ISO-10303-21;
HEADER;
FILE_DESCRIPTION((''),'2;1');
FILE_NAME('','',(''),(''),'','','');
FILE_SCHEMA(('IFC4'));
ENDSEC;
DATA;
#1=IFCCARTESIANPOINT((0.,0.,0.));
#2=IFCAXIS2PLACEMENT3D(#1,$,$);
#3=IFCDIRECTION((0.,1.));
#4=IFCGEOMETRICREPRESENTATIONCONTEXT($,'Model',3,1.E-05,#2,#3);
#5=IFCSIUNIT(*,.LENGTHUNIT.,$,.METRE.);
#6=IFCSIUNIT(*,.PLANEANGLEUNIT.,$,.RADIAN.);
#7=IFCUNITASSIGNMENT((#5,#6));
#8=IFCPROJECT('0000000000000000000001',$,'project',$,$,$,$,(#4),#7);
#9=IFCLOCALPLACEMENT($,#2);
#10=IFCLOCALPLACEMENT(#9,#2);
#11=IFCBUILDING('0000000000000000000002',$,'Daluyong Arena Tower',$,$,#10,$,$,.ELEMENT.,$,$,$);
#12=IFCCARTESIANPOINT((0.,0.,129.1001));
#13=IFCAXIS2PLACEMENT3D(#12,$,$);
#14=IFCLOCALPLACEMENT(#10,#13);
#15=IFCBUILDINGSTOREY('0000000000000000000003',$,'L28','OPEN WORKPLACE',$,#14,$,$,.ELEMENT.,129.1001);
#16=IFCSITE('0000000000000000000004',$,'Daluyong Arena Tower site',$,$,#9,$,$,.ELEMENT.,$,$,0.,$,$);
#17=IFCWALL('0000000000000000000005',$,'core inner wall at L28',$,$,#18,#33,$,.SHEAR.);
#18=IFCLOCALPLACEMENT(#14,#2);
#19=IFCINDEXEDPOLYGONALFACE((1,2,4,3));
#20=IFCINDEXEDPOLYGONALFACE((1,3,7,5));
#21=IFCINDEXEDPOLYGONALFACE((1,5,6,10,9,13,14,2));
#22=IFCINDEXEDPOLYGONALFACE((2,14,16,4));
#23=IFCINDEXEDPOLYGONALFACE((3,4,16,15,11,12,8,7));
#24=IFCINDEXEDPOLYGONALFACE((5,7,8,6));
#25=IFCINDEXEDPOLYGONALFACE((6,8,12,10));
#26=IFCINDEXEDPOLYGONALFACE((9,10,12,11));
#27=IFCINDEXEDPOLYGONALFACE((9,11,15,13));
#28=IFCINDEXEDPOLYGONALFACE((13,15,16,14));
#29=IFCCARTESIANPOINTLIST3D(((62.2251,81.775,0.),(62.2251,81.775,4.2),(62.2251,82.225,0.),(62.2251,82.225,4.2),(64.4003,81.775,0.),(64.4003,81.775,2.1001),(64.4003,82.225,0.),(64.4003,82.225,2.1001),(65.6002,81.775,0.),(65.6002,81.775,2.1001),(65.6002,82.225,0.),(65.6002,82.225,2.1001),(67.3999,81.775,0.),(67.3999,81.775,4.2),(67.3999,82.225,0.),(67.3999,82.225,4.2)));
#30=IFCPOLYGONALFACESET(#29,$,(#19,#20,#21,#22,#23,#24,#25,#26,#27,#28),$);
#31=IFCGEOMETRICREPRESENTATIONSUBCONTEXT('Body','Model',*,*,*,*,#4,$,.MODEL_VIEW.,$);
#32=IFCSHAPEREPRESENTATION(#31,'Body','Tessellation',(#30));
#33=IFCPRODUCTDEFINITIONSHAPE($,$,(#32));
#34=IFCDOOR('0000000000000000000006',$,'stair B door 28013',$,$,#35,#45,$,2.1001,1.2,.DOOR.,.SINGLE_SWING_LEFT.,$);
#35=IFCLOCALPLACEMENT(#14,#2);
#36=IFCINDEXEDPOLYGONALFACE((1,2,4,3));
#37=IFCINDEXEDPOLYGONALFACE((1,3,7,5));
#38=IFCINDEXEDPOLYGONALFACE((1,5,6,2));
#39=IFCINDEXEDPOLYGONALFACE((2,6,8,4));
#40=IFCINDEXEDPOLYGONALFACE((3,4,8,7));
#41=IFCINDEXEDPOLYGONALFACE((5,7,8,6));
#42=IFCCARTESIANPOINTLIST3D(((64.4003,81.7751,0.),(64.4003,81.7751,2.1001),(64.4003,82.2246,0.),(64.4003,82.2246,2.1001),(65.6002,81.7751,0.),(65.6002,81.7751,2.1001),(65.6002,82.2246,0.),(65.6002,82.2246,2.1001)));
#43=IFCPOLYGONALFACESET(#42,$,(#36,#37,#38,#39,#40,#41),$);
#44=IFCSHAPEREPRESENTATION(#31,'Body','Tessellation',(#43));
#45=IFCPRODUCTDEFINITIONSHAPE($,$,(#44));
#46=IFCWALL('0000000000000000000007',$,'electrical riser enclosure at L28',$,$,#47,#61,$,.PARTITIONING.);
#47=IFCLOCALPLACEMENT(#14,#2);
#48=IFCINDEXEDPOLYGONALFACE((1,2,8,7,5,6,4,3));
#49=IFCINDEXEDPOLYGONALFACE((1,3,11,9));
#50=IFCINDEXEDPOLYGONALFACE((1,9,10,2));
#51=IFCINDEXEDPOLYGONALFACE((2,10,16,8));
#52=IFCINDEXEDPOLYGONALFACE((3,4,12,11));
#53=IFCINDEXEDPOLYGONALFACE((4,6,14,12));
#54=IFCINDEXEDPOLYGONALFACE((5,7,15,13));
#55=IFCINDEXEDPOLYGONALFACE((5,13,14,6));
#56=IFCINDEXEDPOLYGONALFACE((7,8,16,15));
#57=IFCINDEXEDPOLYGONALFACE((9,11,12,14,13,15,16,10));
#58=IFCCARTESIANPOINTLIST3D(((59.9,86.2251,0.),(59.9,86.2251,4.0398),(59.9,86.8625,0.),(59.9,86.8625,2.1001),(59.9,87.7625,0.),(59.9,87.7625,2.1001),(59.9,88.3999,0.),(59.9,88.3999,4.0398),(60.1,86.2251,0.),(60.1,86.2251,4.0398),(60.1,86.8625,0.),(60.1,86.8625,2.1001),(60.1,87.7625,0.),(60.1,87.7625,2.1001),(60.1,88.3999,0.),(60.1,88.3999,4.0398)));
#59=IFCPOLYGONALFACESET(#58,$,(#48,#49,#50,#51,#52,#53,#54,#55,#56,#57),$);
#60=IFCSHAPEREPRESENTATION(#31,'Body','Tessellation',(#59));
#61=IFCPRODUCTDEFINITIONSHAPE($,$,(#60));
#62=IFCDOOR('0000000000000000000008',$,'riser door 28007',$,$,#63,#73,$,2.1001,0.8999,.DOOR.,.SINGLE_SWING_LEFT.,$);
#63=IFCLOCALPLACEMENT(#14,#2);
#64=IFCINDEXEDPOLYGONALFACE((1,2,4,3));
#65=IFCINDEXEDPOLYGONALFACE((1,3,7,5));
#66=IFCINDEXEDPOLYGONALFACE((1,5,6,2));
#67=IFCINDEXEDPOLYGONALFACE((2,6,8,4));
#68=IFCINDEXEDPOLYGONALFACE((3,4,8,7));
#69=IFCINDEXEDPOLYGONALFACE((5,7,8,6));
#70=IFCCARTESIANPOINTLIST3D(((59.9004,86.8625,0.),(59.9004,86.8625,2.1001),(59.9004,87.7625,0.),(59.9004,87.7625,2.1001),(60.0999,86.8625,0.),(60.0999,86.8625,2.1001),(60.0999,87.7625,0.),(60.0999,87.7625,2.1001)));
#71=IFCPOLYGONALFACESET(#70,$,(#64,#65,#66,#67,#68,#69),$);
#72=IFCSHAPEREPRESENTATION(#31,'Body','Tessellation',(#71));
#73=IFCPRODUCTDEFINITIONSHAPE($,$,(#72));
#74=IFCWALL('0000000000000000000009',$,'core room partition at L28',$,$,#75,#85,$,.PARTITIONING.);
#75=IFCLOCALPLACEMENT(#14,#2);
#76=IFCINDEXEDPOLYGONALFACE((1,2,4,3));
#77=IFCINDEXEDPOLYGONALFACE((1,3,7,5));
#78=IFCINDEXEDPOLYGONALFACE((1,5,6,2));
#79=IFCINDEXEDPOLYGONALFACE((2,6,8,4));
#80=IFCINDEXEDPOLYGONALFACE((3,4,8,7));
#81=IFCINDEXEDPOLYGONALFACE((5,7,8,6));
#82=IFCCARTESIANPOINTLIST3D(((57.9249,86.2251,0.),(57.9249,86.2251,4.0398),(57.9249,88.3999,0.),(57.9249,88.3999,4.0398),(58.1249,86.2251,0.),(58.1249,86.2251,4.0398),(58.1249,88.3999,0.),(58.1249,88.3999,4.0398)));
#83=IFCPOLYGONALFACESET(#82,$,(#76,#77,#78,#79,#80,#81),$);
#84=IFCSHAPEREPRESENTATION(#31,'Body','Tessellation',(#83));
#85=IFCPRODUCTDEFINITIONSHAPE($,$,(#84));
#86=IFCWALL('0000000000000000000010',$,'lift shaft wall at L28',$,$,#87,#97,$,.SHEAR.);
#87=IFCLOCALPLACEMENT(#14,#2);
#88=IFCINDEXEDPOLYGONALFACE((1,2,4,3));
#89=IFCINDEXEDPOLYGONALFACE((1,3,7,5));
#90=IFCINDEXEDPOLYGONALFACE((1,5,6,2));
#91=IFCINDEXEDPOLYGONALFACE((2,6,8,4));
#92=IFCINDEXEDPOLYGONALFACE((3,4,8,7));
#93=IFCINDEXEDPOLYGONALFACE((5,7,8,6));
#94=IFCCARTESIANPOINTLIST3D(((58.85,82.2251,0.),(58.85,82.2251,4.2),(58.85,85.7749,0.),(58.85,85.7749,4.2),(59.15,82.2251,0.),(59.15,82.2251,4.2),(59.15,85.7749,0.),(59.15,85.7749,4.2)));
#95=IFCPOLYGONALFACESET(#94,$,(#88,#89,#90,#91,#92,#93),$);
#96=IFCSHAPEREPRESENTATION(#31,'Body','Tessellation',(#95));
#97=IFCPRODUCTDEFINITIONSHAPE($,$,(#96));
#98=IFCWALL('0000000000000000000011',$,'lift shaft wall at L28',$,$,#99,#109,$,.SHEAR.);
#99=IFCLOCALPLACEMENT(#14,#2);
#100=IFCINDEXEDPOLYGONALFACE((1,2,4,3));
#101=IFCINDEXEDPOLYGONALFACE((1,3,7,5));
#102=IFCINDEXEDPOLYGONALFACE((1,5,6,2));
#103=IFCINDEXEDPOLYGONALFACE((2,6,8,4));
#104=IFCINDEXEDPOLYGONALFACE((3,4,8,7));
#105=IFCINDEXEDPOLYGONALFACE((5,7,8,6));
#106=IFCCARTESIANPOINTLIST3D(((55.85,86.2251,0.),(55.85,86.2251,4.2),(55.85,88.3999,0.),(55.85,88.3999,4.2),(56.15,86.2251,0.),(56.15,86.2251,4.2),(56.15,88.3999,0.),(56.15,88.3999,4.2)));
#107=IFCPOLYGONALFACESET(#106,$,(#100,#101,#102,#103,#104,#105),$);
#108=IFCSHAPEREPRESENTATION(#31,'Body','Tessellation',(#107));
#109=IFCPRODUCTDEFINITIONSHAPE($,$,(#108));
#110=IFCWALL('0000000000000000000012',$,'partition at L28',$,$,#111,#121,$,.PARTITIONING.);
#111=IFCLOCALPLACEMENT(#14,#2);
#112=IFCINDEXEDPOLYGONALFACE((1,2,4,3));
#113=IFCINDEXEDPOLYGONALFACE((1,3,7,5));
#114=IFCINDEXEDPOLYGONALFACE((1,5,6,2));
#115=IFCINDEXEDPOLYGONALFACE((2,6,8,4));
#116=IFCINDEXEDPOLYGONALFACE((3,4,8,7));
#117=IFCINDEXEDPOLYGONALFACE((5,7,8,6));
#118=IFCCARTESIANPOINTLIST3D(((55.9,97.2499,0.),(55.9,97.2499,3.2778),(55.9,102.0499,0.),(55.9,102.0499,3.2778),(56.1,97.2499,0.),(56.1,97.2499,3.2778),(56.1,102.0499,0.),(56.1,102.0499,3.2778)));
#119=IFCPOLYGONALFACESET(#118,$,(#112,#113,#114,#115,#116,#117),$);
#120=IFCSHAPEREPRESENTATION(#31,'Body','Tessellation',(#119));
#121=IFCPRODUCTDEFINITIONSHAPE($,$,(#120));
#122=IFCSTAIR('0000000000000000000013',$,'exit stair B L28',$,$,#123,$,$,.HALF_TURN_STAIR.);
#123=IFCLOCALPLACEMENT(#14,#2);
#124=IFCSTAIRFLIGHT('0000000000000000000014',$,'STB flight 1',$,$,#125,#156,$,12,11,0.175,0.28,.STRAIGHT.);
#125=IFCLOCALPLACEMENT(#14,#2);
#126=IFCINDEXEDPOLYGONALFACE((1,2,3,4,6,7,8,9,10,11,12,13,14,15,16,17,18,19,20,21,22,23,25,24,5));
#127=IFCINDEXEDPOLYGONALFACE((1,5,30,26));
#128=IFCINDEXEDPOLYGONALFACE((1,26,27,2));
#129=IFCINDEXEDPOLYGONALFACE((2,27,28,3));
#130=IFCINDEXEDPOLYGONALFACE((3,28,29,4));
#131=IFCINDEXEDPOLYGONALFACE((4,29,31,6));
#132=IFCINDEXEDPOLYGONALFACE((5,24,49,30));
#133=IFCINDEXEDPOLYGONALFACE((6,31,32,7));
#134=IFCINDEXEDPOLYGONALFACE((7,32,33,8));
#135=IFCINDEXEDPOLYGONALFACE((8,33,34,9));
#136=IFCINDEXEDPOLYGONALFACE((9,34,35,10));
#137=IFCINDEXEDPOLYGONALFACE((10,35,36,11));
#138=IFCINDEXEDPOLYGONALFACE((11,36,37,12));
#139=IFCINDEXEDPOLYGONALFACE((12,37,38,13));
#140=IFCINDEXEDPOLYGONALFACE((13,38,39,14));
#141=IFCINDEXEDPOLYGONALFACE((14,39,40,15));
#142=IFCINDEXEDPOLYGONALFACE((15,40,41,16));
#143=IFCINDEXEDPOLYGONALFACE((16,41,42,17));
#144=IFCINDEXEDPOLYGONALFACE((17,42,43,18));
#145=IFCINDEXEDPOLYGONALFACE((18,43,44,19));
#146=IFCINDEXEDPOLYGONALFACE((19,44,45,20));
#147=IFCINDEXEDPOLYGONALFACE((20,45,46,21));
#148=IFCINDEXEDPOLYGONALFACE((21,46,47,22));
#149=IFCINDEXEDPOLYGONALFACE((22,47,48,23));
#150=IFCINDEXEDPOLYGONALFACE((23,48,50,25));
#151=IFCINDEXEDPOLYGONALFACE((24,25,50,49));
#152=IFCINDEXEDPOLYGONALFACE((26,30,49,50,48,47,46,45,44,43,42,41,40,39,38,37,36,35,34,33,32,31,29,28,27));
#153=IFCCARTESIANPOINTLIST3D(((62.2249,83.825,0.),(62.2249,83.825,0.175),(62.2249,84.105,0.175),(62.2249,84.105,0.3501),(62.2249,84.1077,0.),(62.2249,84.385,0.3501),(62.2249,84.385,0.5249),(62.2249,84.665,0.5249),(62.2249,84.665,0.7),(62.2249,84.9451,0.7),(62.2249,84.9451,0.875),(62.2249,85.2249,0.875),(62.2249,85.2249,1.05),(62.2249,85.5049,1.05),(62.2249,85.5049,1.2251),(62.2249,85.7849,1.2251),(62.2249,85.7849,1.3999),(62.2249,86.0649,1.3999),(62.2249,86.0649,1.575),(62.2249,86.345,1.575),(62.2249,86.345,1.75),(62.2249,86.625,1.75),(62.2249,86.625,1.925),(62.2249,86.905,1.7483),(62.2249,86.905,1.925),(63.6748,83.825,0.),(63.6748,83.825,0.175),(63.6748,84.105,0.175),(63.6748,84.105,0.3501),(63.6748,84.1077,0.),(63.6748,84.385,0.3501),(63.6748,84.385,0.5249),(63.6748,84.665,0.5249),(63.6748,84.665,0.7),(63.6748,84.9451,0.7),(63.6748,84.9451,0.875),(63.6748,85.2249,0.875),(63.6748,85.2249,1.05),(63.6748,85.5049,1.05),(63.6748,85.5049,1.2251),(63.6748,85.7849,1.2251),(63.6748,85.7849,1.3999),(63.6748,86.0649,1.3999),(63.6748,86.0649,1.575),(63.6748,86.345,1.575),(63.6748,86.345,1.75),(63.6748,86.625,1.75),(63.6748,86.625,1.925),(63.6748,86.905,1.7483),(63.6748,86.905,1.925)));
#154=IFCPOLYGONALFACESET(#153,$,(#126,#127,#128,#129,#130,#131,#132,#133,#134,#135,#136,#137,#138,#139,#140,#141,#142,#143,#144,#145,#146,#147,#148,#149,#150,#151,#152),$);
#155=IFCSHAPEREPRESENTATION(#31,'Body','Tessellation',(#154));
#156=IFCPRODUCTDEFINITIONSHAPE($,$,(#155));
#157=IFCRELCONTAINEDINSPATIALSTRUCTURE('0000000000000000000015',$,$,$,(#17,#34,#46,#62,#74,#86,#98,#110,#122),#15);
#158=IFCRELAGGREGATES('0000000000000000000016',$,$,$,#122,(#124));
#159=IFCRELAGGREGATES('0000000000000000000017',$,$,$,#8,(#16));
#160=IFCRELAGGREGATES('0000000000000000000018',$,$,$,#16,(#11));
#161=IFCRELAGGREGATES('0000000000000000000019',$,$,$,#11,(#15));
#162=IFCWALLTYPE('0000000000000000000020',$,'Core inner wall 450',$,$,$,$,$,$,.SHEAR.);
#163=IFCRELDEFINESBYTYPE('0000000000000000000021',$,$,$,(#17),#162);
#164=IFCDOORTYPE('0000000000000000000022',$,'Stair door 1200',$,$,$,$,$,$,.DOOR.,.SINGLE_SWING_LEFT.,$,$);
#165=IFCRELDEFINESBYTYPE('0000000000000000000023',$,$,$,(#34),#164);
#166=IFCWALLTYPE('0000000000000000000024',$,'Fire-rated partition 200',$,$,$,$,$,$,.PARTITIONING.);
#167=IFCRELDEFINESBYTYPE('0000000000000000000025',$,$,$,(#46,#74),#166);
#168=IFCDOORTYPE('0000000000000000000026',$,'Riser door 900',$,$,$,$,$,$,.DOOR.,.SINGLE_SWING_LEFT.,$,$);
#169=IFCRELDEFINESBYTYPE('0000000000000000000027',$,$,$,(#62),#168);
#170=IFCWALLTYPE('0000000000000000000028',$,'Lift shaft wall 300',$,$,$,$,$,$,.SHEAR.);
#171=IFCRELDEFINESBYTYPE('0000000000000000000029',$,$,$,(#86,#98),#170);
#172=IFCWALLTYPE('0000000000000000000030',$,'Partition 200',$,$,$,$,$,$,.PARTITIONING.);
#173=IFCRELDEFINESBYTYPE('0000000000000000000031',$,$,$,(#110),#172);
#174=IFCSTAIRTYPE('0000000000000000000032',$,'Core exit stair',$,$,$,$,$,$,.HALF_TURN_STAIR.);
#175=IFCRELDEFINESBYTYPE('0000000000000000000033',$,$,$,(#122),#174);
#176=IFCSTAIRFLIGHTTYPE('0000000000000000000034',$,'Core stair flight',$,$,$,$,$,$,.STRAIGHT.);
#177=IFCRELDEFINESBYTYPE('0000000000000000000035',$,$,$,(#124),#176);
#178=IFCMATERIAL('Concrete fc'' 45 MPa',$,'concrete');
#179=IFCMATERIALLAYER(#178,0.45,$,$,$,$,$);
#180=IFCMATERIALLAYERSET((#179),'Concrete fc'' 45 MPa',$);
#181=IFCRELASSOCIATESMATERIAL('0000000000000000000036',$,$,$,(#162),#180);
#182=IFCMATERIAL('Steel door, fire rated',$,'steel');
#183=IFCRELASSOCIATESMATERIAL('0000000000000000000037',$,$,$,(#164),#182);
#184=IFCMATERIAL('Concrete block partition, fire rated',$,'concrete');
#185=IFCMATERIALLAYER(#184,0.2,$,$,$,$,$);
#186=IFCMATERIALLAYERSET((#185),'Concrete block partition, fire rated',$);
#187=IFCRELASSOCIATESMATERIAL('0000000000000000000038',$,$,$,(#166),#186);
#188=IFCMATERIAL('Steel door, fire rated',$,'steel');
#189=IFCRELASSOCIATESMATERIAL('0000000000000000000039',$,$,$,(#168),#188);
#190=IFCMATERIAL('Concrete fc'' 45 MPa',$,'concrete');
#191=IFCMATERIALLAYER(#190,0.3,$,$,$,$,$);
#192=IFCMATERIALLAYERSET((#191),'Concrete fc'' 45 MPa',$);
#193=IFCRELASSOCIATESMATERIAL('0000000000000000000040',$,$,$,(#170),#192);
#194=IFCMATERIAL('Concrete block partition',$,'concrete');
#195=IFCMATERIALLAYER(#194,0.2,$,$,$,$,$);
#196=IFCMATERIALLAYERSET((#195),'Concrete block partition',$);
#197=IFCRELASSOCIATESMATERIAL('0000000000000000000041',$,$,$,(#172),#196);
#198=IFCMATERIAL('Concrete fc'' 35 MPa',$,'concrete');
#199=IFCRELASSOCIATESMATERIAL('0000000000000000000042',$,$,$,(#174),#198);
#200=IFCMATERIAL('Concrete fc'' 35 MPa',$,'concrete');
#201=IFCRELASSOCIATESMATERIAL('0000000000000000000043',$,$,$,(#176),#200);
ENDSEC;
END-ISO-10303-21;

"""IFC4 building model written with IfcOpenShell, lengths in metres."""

from ifc_helpers import new_model, si_unit, direction, frame, frame_2d, origin, place, context, subcontext, project, spatial, polyline, rectangle, outline, extrude, material, layer, layer_set, type_object, element, fill, aggregate, save


model = new_model("IFC4")

# Units and contexts
model_context = context("Model", 3, precision=1e-05, world=origin(), true_north=direction((0.0, 1.0)))
body_context = subcontext(model_context, "Body", "Model", "MODEL_VIEW")
ifc_project = project(units=[si_unit("LENGTHUNIT", "METRE"), si_unit("PLANEANGLEUNIT", "RADIAN")], contexts=[model_context])

# Site, building, storey
site_placement = place(None, origin())
site = spatial("IfcSite", under=ifc_project, at=site_placement, Name="Daluyong Arena Tower site", CompositionType="ELEMENT", RefElevation=0.0)
building_placement = place(site_placement, origin())
building = spatial("IfcBuilding", under=site, at=building_placement, Name="Daluyong Arena Tower", CompositionType="ELEMENT")
storey_placement = place(building_placement, frame((0.0, 0.0, 129.1001)))
storey = spatial("IfcBuildingStorey", under=building, at=storey_placement, Name="L28", Description="OPEN WORKPLACE", CompositionType="ELEMENT", Elevation=129.1001)

# Walls, openings, doors
ifc_material_1 = material(Name="Concrete fc' 45 MPa", Category="concrete")
ifc_layer_1 = layer(ifc_material_1, 0.45)
ifc_layer_set_1 = layer_set([ifc_layer_1], Name="Concrete fc' 45 MPa")
wall_type_1 = type_object("IfcWallType", Name="Core inner wall 450", PredefinedType="SHEAR", material=ifc_layer_set_1)
wall_1_placement = place(storey_placement, frame((62.2251, 82.0, 0.0), z_axis=(0.0, 0.0, 1.0), x_axis=(1.0, 0.0, 0.0)))
wall_1 = element("IfcWall", 1, at=wall_1_placement, inside=storey, type_object=wall_type_1, Name="core inner wall at L28", PredefinedType="SHEAR", context=body_context, shape_type="SweptSolid", body=[
    extrude(rectangle(XDim=5.1748, YDim=0.45, at=frame_2d((2.5874, 0.0))), origin(), (0.0, 0.0, 1.0), 4.2),
])
opening_1_placement = place(wall_1_placement, frame((2.175, 0.0, 0.0)))
opening_1 = element("IfcOpeningElement", 2, at=opening_1_placement, cuts=wall_1, PredefinedType="OPENING", context=body_context, shape_type="SweptSolid", body=[
    extrude(rectangle(XDim=1.2, YDim=2.1001, at=frame_2d((0.6001, 1.05))), frame((0.0, 0.2349, 0.0), z_axis=(0.0, -1.0, 0.0), x_axis=(1.0, 0.0, 0.0)), (0.0, 0.0, 1.0), 0.47),
])
ifc_material_2 = material(Name="Steel door, fire rated", Category="steel")
door_type_1 = type_object("IfcDoorType", Name="Stair door 1200", OperationType="SINGLE_SWING_LEFT", PredefinedType="DOOR", material=ifc_material_2)
door_1_placement = place(opening_1_placement, origin())
door_1 = element("IfcDoor", 3, at=door_1_placement, inside=storey, type_object=door_type_1, Name="stair B door 28013", OperationType="SINGLE_SWING_LEFT", OverallHeight=2.1001, OverallWidth=1.2, PredefinedType="DOOR", context=body_context, shape_type="SweptSolid", body=[
    extrude(rectangle(XDim=1.2, YDim=2.1001, at=frame_2d((0.6001, 1.05))), frame((0.0, 0.2246, 0.0), z_axis=(0.0, -1.0, 0.0), x_axis=(1.0, 0.0, 0.0)), (0.0, 0.0, 1.0), 0.4495),
])
fill(opening_1, door_1)
ifc_material_3 = material(Name="Concrete block partition, fire rated", Category="concrete")
ifc_layer_2 = layer(ifc_material_3, 0.2)
ifc_layer_set_2 = layer_set([ifc_layer_2], Name="Concrete block partition, fire rated")
wall_type_2 = type_object("IfcWallType", Name="Fire-rated partition 200", PredefinedType="PARTITIONING", material=ifc_layer_set_2)
wall_2_placement = place(storey_placement, frame((60.0, 86.2251, 0.0), z_axis=(0.0, 0.0, 1.0), x_axis=(0.0, 1.0, 0.0)))
wall_2 = element("IfcWall", 4, at=wall_2_placement, inside=storey, type_object=wall_type_2, Name="electrical riser enclosure at L28", PredefinedType="PARTITIONING", context=body_context, shape_type="SweptSolid", body=[
    extrude(rectangle(XDim=2.1748, YDim=0.2, at=frame_2d((1.0874, 0.0))), origin(), (0.0, 0.0, 1.0), 4.0398),
])
opening_2_placement = place(wall_2_placement, frame((0.6375, 0.0, 0.0)))
opening_2 = element("IfcOpeningElement", 5, at=opening_2_placement, cuts=wall_2, PredefinedType="OPENING", context=body_context, shape_type="SweptSolid", body=[
    extrude(rectangle(XDim=0.8999, YDim=2.1001, at=frame_2d((0.45, 1.05))), frame((0.0, 0.1099, 0.0), z_axis=(0.0, -1.0, 0.0), x_axis=(1.0, 0.0, 0.0)), (0.0, 0.0, 1.0), 0.22),
])
ifc_material_4 = material(Name="Steel door, fire rated", Category="steel")
door_type_2 = type_object("IfcDoorType", Name="Riser door 900", OperationType="SINGLE_SWING_LEFT", PredefinedType="DOOR", material=ifc_material_4)
door_2_placement = place(opening_2_placement, origin())
door_2 = element("IfcDoor", 6, at=door_2_placement, inside=storey, type_object=door_type_2, Name="riser door 28007", OperationType="SINGLE_SWING_LEFT", OverallHeight=2.1001, OverallWidth=0.8999, PredefinedType="DOOR", context=body_context, shape_type="SweptSolid", body=[
    extrude(rectangle(XDim=0.8999, YDim=2.1001, at=frame_2d((0.45, 1.05))), frame((0.0, 0.0996, 0.0), z_axis=(0.0, -1.0, 0.0), x_axis=(1.0, 0.0, 0.0)), (0.0, 0.0, 1.0), 0.1995),
])
fill(opening_2, door_2)

# Walls
wall_3_placement = place(storey_placement, frame((58.0249, 86.2251, 0.0), z_axis=(0.0, 0.0, 1.0), x_axis=(0.0, 1.0, 0.0)))
element("IfcWall", 7, at=wall_3_placement, inside=storey, type_object=wall_type_2, Name="core room partition at L28", PredefinedType="PARTITIONING", context=body_context, shape_type="SweptSolid", body=[
    extrude(rectangle(XDim=2.1748, YDim=0.2, at=frame_2d((1.0874, 0.0))), origin(), (0.0, 0.0, 1.0), 4.0398),
])
ifc_material_5 = material(Name="Concrete fc' 45 MPa", Category="concrete")
ifc_layer_3 = layer(ifc_material_5, 0.3)
ifc_layer_set_3 = layer_set([ifc_layer_3], Name="Concrete fc' 45 MPa")
wall_type_3 = type_object("IfcWallType", Name="Lift shaft wall 300", PredefinedType="SHEAR", material=ifc_layer_set_3)
wall_4_placement = place(storey_placement, frame((59.0, 82.2251, 0.0), z_axis=(0.0, 0.0, 1.0), x_axis=(0.0, 1.0, 0.0)))
element("IfcWall", 8, at=wall_4_placement, inside=storey, type_object=wall_type_3, Name="lift shaft wall at L28", PredefinedType="SHEAR", context=body_context, shape_type="SweptSolid", body=[
    extrude(rectangle(XDim=3.5498, YDim=0.3, at=frame_2d((1.7749, 0.0))), origin(), (0.0, 0.0, 1.0), 4.2),
])
wall_5_placement = place(storey_placement, frame((56.0, 86.2251, 0.0), z_axis=(0.0, 0.0, 1.0), x_axis=(0.0, 1.0, 0.0)))
element("IfcWall", 9, at=wall_5_placement, inside=storey, type_object=wall_type_3, Name="lift shaft wall at L28", PredefinedType="SHEAR", context=body_context, shape_type="SweptSolid", body=[
    extrude(rectangle(XDim=2.1748, YDim=0.3, at=frame_2d((1.0874, 0.0))), origin(), (0.0, 0.0, 1.0), 4.2),
])
ifc_material_6 = material(Name="Concrete block partition", Category="concrete")
ifc_layer_4 = layer(ifc_material_6, 0.2)
ifc_layer_set_4 = layer_set([ifc_layer_4], Name="Concrete block partition")
wall_type_4 = type_object("IfcWallType", Name="Partition 200", PredefinedType="PARTITIONING", material=ifc_layer_set_4)
wall_6_placement = place(storey_placement, frame((56.0, 97.25, 0.0), z_axis=(0.0, 0.0, 1.0), x_axis=(0.0, 1.0, 0.0)))
element("IfcWall", 10, at=wall_6_placement, inside=storey, type_object=wall_type_4, Name="partition at L28", PredefinedType="PARTITIONING", context=body_context, shape_type="SweptSolid", body=[
    extrude(rectangle(XDim=4.8, YDim=0.2, at=frame_2d((2.3999, 0.0))), origin(), (0.0, 0.0, 1.0), 3.2778),
])

# Stair, stair flight
ifc_material_7 = material(Name="Concrete fc' 35 MPa", Category="concrete")
stair_type = type_object("IfcStairType", Name="Core exit stair", PredefinedType="HALF_TURN_STAIR", material=ifc_material_7)
stair_placement = place(storey_placement, origin())
stair = element("IfcStair", 11, at=stair_placement, inside=storey, type_object=stair_type, Name="exit stair B L28", PredefinedType="HALF_TURN_STAIR")
ifc_material_8 = material(Name="Concrete fc' 35 MPa", Category="concrete")
stair_flight_type = type_object("IfcStairFlightType", Name="Core stair flight", PredefinedType="STRAIGHT", material=ifc_material_8)
stair_flight_placement = place(storey_placement, frame((62.95, 83.825, 0.0), z_axis=(0.0, 0.0, 1.0), x_axis=(0.0, 1.0, 0.0)))
stair_flight = element("IfcStairFlight", 12, at=stair_flight_placement, type_object=stair_flight_type, Name="STB flight 1", NumberOfRisers=12, NumberOfTreads=11, PredefinedType="STRAIGHT", RiserHeight=0.175, TreadLength=0.28, context=body_context, shape_type="SweptSolid", body=[
    extrude(outline(polyline([(0.0, 0.0), (0.0, 0.175), (0.28, 0.175), (0.28, 0.3501), (0.5601, 0.3501), (0.5601, 0.5249), (0.8401, 0.5249), (0.8401, 0.7), (1.1201, 0.7), (1.1201, 0.875), (1.3999, 0.875), (1.3999, 1.05), (1.6799, 1.05), (1.6799, 1.2251), (1.96, 1.2251), (1.96, 1.3999), (2.24, 1.3999), (2.24, 1.575), (2.52, 1.575), (2.52, 1.75), (2.8, 1.75), (2.8, 1.925), (3.0801, 1.925), (3.0801, 2.1001), (3.0801, 1.7483), (0.2827, 0.0), (0.0, 0.0)])), frame((0.0, 0.7251, 0.0), z_axis=(0.0, -1.0, 0.0), x_axis=(1.0, 0.0, 0.0)), (0.0, 0.0, 1.0), 1.45),
])
aggregate(stair, [stair_flight])

save(model, "model.ifc")
